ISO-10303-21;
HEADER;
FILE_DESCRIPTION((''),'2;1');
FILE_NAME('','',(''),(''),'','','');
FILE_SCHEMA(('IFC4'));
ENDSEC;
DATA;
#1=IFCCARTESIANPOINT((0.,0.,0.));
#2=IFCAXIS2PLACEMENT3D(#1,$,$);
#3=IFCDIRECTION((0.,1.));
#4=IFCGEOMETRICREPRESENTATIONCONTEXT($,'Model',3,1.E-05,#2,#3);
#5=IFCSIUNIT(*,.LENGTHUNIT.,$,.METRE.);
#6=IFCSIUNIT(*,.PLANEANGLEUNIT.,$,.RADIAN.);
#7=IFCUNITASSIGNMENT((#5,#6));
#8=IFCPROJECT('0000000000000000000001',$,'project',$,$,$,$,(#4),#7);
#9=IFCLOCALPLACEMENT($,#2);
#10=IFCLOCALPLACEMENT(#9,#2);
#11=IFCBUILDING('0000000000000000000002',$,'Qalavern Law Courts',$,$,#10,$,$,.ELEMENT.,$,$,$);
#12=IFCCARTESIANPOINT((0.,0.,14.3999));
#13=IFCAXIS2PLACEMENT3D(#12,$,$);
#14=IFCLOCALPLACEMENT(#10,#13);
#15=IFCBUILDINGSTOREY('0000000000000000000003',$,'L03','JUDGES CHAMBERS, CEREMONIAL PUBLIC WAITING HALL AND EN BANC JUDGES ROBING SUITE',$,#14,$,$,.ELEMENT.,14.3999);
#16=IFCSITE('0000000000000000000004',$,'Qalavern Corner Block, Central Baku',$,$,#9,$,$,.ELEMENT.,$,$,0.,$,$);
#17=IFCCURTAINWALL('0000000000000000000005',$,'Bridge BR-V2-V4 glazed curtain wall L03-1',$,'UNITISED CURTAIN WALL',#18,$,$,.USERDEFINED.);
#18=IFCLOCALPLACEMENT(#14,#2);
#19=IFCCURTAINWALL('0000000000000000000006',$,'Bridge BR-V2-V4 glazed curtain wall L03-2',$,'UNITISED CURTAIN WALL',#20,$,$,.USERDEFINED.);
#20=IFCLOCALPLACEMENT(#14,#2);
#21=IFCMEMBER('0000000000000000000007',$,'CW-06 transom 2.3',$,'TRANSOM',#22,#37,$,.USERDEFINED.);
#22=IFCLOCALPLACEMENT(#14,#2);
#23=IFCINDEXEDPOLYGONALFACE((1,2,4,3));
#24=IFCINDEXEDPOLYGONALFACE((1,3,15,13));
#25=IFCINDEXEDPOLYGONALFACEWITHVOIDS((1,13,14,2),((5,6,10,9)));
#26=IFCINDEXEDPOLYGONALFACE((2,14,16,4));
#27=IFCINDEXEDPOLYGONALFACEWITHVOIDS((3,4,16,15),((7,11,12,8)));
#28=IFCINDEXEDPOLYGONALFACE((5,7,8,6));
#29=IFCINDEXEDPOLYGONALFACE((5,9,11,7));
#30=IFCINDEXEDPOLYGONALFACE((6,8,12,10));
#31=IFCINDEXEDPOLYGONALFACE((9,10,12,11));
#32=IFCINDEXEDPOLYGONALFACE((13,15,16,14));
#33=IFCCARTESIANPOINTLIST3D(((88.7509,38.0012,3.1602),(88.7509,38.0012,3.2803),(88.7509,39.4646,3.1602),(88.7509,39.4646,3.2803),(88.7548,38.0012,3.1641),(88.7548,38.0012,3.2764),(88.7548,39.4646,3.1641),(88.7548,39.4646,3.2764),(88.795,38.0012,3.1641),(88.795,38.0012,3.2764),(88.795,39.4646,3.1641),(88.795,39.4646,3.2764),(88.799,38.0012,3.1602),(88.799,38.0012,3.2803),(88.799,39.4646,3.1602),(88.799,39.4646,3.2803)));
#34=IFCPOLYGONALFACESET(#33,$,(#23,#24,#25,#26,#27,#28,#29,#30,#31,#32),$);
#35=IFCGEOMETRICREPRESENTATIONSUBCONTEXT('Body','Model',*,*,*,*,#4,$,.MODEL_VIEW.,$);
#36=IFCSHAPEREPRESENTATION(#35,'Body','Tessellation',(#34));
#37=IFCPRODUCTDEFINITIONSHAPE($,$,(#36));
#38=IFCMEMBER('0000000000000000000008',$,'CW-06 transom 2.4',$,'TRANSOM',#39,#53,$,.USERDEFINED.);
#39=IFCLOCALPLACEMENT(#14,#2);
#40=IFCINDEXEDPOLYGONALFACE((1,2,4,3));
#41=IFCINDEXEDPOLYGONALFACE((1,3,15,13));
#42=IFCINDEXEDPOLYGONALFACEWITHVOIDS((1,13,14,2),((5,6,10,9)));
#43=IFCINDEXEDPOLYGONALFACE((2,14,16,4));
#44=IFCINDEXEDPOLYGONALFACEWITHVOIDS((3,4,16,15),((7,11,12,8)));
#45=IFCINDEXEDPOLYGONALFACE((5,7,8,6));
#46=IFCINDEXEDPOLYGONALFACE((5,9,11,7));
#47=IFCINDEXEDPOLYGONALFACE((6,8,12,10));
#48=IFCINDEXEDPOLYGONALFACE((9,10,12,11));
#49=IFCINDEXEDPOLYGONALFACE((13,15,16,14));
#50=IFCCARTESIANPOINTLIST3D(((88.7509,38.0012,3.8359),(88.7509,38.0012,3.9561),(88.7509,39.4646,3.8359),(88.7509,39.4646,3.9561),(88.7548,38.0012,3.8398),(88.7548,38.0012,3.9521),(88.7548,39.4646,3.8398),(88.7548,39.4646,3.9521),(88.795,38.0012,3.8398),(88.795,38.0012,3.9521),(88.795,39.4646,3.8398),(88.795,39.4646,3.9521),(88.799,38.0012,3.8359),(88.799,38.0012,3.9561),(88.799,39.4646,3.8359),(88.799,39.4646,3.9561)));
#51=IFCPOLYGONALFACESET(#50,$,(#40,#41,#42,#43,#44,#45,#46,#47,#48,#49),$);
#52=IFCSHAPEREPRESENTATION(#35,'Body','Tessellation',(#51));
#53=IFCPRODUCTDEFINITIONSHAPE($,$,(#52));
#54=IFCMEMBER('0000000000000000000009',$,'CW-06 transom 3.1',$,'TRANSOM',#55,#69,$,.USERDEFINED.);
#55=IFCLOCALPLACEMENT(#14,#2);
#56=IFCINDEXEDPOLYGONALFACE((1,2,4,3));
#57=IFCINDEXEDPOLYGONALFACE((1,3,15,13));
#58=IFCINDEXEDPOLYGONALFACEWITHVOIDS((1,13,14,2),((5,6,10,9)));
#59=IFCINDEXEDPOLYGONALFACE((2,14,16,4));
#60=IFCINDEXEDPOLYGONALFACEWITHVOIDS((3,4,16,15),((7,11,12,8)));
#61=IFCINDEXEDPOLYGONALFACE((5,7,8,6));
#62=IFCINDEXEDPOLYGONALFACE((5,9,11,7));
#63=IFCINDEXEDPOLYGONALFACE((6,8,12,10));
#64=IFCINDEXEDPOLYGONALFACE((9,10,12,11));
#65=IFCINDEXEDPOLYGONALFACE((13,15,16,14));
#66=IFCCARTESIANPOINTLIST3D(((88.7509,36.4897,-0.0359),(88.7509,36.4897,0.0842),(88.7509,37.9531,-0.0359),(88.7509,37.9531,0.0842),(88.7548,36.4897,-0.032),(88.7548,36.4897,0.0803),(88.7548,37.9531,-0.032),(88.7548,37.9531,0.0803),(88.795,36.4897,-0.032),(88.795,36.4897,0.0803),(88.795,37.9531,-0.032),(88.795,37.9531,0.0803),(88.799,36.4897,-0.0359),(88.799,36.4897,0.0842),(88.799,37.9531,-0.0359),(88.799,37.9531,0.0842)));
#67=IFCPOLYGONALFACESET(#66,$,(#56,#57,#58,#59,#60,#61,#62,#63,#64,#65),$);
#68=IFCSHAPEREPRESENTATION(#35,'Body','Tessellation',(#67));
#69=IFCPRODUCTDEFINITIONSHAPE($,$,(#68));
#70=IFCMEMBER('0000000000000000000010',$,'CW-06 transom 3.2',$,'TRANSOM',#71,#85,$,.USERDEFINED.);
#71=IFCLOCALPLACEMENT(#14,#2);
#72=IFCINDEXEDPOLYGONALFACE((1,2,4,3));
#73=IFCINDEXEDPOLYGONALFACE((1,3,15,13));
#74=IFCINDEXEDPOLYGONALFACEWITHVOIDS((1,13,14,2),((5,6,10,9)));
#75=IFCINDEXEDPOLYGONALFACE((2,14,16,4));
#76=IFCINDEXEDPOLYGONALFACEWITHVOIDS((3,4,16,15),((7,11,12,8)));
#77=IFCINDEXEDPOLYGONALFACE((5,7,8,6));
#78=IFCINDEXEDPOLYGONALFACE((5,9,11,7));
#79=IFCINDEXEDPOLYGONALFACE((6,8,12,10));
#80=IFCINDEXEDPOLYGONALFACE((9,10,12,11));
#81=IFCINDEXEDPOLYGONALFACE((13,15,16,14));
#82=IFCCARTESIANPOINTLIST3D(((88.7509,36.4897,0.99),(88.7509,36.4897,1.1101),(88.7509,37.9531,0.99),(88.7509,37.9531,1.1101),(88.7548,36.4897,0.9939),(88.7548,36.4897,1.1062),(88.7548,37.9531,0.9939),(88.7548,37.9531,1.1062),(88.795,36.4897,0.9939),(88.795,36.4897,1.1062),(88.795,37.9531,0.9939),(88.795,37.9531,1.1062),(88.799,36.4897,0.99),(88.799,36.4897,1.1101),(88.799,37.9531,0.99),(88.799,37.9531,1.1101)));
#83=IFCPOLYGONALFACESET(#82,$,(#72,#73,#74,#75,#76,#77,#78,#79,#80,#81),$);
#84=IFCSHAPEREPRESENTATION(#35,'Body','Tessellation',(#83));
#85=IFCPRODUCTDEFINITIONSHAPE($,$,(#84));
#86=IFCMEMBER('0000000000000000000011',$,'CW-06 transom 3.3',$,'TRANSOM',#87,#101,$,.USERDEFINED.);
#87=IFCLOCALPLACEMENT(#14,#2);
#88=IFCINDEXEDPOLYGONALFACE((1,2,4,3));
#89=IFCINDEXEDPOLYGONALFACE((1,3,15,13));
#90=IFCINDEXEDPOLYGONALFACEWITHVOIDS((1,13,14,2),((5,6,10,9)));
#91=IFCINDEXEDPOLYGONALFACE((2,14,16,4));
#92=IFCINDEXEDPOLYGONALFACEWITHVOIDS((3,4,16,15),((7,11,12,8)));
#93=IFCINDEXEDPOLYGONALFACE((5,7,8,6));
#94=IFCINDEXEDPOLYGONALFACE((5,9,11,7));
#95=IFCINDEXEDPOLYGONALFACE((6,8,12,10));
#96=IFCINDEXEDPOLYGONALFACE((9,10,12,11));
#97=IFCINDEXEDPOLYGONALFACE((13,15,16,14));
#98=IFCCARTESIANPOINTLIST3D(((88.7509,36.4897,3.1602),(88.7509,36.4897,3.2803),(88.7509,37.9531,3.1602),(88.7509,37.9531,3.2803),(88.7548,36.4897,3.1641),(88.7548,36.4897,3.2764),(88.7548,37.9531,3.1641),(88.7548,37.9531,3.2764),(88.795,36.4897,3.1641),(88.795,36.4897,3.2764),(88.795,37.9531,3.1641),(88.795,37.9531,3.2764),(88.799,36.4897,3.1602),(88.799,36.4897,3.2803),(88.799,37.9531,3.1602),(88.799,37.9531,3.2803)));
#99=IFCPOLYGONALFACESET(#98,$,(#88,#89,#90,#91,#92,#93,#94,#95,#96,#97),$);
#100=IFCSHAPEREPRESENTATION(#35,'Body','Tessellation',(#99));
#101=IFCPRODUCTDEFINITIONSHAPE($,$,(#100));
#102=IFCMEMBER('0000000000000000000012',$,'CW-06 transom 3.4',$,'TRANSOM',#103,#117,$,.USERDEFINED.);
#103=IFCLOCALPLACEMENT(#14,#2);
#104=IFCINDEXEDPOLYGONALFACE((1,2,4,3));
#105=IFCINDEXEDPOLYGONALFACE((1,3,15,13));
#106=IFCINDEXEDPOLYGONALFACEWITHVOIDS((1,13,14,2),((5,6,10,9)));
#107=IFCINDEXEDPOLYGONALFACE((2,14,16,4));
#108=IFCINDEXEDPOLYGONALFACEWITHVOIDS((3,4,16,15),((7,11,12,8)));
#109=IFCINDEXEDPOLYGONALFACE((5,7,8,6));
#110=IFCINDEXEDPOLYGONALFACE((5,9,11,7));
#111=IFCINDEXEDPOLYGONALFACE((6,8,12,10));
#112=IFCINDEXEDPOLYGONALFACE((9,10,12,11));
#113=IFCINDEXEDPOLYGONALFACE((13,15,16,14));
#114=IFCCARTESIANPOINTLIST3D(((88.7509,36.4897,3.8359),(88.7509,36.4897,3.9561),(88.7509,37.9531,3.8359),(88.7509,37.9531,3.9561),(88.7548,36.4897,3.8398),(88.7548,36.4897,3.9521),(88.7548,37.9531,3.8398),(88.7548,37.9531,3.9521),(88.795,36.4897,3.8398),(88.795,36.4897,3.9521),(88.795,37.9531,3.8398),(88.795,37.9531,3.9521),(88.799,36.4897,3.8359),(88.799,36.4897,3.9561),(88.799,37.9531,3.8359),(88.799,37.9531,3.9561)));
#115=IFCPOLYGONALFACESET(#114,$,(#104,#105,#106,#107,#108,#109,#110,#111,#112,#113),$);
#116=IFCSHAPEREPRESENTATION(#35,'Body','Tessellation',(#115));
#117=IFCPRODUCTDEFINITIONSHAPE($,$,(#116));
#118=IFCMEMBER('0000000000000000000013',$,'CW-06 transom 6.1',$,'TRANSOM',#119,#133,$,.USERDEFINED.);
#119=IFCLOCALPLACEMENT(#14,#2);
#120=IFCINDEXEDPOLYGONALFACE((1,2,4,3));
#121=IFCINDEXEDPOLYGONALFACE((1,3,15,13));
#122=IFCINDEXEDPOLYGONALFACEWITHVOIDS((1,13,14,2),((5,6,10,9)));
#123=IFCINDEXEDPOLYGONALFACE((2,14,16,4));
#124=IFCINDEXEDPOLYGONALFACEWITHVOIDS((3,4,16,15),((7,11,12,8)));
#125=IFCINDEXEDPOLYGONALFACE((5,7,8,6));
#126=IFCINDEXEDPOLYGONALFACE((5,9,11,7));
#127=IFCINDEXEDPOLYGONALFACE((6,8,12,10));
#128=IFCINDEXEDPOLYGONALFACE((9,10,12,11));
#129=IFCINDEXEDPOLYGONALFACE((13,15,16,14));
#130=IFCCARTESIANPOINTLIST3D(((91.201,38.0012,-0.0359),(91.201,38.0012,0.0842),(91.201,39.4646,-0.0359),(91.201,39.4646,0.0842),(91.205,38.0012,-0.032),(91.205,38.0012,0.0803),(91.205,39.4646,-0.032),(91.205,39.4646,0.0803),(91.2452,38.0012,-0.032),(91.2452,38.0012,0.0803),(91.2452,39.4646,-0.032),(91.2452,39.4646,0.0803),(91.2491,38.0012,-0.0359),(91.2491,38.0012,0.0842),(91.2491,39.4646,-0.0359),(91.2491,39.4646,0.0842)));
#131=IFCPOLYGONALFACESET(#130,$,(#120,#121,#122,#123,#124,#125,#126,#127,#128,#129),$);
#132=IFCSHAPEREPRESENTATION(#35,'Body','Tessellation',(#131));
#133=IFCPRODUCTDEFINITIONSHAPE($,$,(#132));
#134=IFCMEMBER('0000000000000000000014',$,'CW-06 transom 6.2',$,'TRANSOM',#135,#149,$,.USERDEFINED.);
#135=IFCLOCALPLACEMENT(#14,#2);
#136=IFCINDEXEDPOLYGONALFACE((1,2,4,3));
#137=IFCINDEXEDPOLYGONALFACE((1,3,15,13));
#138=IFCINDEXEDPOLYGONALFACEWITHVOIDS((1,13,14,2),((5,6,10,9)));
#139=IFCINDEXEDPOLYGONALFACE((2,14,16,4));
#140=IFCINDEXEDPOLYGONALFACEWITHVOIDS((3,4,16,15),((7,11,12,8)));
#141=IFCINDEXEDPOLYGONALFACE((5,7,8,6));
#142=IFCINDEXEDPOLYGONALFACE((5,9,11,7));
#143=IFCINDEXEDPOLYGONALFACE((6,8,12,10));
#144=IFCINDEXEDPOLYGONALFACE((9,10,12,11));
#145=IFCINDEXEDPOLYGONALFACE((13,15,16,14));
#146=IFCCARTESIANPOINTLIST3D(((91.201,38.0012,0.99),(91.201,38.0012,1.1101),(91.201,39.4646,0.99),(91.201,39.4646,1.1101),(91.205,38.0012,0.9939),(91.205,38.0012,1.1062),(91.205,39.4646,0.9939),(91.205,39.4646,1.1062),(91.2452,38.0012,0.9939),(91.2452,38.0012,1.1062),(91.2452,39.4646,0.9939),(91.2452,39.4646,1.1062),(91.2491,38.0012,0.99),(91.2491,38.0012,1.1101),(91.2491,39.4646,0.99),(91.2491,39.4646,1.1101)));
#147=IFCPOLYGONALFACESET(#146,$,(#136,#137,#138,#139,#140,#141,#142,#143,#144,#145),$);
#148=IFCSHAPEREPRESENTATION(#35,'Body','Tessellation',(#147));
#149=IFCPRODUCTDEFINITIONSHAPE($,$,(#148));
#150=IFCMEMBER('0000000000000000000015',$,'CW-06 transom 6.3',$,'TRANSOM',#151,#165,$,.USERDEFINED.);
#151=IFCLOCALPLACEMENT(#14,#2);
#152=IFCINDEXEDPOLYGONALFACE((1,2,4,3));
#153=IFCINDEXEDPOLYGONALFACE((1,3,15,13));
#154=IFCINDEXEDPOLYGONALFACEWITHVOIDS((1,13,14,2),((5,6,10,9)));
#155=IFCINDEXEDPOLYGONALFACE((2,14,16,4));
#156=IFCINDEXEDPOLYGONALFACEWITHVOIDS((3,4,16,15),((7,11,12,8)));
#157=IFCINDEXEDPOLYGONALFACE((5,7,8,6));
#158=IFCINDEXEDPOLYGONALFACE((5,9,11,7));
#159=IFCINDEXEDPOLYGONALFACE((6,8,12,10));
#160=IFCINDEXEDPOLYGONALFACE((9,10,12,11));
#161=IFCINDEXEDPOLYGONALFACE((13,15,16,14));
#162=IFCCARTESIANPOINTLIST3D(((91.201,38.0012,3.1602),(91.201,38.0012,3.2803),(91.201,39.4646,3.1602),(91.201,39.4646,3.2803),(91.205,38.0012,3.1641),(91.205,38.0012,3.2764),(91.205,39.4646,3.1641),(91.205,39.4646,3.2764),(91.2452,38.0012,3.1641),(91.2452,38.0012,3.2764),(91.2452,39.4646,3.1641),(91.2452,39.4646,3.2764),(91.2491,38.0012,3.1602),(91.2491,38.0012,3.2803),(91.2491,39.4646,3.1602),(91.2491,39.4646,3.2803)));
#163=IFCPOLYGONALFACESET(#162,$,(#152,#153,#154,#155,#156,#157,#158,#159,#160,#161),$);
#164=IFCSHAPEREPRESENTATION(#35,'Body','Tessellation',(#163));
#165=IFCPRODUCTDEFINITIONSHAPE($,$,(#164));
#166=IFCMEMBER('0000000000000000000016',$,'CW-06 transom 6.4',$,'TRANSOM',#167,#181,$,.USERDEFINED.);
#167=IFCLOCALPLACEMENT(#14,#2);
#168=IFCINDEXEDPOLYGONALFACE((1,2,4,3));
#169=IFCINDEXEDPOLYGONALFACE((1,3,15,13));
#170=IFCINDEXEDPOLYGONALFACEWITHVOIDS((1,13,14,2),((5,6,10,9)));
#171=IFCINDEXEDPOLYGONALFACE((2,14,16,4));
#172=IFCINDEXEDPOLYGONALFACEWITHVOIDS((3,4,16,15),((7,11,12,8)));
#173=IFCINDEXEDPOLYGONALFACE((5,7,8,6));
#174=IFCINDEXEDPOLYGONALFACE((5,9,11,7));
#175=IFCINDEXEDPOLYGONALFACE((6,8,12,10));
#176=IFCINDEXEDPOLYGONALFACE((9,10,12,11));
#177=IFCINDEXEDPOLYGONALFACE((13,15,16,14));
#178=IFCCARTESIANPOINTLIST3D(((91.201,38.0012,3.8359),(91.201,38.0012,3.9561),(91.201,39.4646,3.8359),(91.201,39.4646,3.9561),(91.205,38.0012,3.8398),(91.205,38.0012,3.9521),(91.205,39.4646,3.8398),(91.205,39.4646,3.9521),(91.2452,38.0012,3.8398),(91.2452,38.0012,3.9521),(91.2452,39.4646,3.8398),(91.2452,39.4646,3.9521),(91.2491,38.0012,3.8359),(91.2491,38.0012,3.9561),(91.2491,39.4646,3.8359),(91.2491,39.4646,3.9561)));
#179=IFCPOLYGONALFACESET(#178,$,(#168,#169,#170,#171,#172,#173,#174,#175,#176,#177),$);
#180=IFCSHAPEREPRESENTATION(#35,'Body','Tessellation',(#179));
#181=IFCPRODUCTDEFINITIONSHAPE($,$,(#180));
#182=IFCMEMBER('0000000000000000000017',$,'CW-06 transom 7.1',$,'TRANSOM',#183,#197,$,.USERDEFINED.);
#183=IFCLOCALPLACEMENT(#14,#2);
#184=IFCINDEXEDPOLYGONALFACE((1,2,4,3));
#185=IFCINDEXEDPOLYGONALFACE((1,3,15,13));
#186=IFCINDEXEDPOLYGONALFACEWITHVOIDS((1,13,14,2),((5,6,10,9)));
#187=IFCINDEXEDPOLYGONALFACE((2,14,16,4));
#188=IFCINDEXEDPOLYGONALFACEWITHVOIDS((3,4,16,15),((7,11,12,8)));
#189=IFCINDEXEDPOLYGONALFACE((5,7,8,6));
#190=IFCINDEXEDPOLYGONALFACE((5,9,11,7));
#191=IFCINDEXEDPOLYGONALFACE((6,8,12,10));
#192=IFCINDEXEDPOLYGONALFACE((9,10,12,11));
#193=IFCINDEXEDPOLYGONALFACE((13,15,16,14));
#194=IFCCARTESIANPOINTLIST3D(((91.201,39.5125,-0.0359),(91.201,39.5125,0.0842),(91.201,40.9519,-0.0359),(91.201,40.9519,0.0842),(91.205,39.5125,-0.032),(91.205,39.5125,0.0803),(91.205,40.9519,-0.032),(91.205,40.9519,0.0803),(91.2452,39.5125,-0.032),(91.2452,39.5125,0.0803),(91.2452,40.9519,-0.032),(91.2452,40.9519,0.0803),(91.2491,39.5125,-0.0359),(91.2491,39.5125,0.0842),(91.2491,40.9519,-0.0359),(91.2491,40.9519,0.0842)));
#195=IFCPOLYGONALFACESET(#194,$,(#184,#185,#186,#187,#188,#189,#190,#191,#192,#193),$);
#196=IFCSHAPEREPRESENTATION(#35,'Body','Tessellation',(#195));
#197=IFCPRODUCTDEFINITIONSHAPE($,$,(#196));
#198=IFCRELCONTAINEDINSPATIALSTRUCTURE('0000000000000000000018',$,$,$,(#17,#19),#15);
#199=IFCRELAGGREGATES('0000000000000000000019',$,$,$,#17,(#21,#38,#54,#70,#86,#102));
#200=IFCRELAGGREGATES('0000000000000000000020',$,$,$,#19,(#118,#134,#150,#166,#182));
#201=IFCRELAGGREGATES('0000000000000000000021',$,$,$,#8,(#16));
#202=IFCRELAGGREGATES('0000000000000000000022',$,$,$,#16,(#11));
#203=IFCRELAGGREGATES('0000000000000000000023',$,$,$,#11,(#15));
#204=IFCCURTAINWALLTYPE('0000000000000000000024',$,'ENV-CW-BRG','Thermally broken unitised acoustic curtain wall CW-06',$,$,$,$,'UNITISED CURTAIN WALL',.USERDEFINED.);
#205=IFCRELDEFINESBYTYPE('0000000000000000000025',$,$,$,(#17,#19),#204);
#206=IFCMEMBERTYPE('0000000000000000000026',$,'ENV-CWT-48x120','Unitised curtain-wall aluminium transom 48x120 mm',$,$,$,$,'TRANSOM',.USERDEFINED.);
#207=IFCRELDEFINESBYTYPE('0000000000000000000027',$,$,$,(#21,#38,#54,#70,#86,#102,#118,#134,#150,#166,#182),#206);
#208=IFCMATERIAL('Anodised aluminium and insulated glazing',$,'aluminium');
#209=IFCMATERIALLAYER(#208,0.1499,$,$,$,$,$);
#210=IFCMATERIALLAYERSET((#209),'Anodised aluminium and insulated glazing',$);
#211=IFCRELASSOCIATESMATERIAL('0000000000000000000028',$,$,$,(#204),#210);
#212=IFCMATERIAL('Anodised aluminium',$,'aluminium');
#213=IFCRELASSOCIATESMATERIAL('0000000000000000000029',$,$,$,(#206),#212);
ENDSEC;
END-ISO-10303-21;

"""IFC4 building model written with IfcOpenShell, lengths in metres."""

from ifc_helpers import new_model, si_unit, direction, frame, origin, origin_2d, place, context, subcontext, project, spatial, hollow_rectangle, extrude, material, layer, layer_set, material_profile, profile_set, type_object, element, aggregate, save


model = new_model("IFC4")

# Units and contexts
model_context = context("Model", 3, precision=1e-05, world=origin(), true_north=direction((0.0, 1.0)))
body_context = subcontext(model_context, "Body", "Model", "MODEL_VIEW")
ifc_project = project(units=[si_unit("LENGTHUNIT", "METRE"), si_unit("PLANEANGLEUNIT", "RADIAN")], contexts=[model_context])

# Site, building, storey
site_placement = place(None, origin())
site = spatial("IfcSite", under=ifc_project, at=site_placement, Name="Qalavern Corner Block, Central Baku", CompositionType="ELEMENT", RefElevation=0.0)
building_placement = place(site_placement, origin())
building = spatial("IfcBuilding", under=site, at=building_placement, Name="Qalavern Law Courts", CompositionType="ELEMENT")
storey_placement = place(building_placement, frame((0.0, 0.0, 14.3999)))
storey = spatial("IfcBuildingStorey", under=building, at=storey_placement, Name="L03", Description="JUDGES CHAMBERS, CEREMONIAL PUBLIC WAITING HALL AND EN BANC JUDGES ROBING SUITE", CompositionType="ELEMENT", Elevation=14.3999)

# Curtain walls
ifc_material_1 = material(Name="Anodised aluminium and insulated glazing", Category="aluminium")
ifc_layer_1 = layer(ifc_material_1, 0.1499)
ifc_layer_set_1 = layer_set([ifc_layer_1], Name="Anodised aluminium and insulated glazing")
curtain_wall_type = type_object("IfcCurtainWallType", Name="ENV-CW-BRG", Description="Thermally broken unitised acoustic curtain wall CW-06", ElementType="UNITISED CURTAIN WALL", PredefinedType="USERDEFINED", material=ifc_layer_set_1)
curtain_wall_1_placement = place(storey_placement, origin())
curtain_wall_1 = element("IfcCurtainWall", 1, at=curtain_wall_1_placement, inside=storey, type_object=curtain_wall_type, Name="Bridge BR-V2-V4 glazed curtain wall L03-1", ObjectType="UNITISED CURTAIN WALL", PredefinedType="USERDEFINED")
ifc_material_2 = material(Name="Anodised aluminium", Category="aluminium")
curtain_wall_2_placement = place(storey_placement, origin())
curtain_wall_2 = element("IfcCurtainWall", 2, at=curtain_wall_2_placement, inside=storey, type_object=curtain_wall_type, Name="Bridge BR-V2-V4 glazed curtain wall L03-2", ObjectType="UNITISED CURTAIN WALL", PredefinedType="USERDEFINED")

# Members
ifc_material_profile_1 = material_profile(ifc_material_2, hollow_rectangle(XDim=0.0481, YDim=0.1201, WallThickness=0.0039, at=origin_2d()), Name="ALU TRANSOM 48x120")
ifc_profile_set_1 = profile_set([ifc_material_profile_1], Name="Anodised aluminium")
member_type_1 = type_object("IfcMemberType", Name="ENV-CWT-48x120", Description="Unitised curtain-wall aluminium transom 48x120 mm", ElementType="TRANSOM", PredefinedType="USERDEFINED", material=ifc_profile_set_1)
member_1_placement = place(storey_placement, frame((88.7749, 39.4646, 3.2202), z_axis=(0.0, -1.0, 0.0), x_axis=(1.0, 0.0, 0.0)))
member_1 = element("IfcMember", 3, at=member_1_placement, type_object=member_type_1, Name="CW-06 transom 2.3", ObjectType="TRANSOM", PredefinedType="USERDEFINED", context=body_context, shape_type="SweptSolid", body=[
    extrude(hollow_rectangle(XDim=0.0481, YDim=0.1201, WallThickness=0.0039, at=origin_2d()), origin(), (0.0, 0.0, 1.0), 1.4634),
])
member_2_placement = place(storey_placement, frame((88.7749, 39.4646, 3.896), z_axis=(0.0, -1.0, 0.0), x_axis=(1.0, 0.0, 0.0)))
member_2 = element("IfcMember", 4, at=member_2_placement, type_object=member_type_1, Name="CW-06 transom 2.4", ObjectType="TRANSOM", PredefinedType="USERDEFINED", context=body_context, shape_type="SweptSolid", body=[
    extrude(hollow_rectangle(XDim=0.0481, YDim=0.1201, WallThickness=0.0039, at=origin_2d()), origin(), (0.0, 0.0, 1.0), 1.4634),
])
member_3_placement = place(storey_placement, frame((88.7749, 37.9531, 0.0242), z_axis=(0.0, -1.0, 0.0), x_axis=(1.0, 0.0, 0.0)))
member_3 = element("IfcMember", 5, at=member_3_placement, type_object=member_type_1, Name="CW-06 transom 3.1", ObjectType="TRANSOM", PredefinedType="USERDEFINED", context=body_context, shape_type="SweptSolid", body=[
    extrude(hollow_rectangle(XDim=0.0481, YDim=0.1201, WallThickness=0.0039, at=origin_2d()), origin(), (0.0, 0.0, 1.0), 1.4634),
])
member_4_placement = place(storey_placement, frame((88.7749, 37.9531, 1.05), z_axis=(0.0, -1.0, 0.0), x_axis=(1.0, 0.0, 0.0)))
member_4 = element("IfcMember", 6, at=member_4_placement, type_object=member_type_1, Name="CW-06 transom 3.2", ObjectType="TRANSOM", PredefinedType="USERDEFINED", context=body_context, shape_type="SweptSolid", body=[
    extrude(hollow_rectangle(XDim=0.0481, YDim=0.1201, WallThickness=0.0039, at=origin_2d()), origin(), (0.0, 0.0, 1.0), 1.4634),
])
member_5_placement = place(storey_placement, frame((88.7749, 37.9531, 3.2202), z_axis=(0.0, -1.0, 0.0), x_axis=(1.0, 0.0, 0.0)))
member_5 = element("IfcMember", 7, at=member_5_placement, type_object=member_type_1, Name="CW-06 transom 3.3", ObjectType="TRANSOM", PredefinedType="USERDEFINED", context=body_context, shape_type="SweptSolid", body=[
    extrude(hollow_rectangle(XDim=0.0481, YDim=0.1201, WallThickness=0.0039, at=origin_2d()), origin(), (0.0, 0.0, 1.0), 1.4634),
])
member_6_placement = place(storey_placement, frame((88.7749, 37.9531, 3.896), z_axis=(0.0, -1.0, 0.0), x_axis=(1.0, 0.0, 0.0)))
member_6 = element("IfcMember", 8, at=member_6_placement, type_object=member_type_1, Name="CW-06 transom 3.4", ObjectType="TRANSOM", PredefinedType="USERDEFINED", context=body_context, shape_type="SweptSolid", body=[
    extrude(hollow_rectangle(XDim=0.0481, YDim=0.1201, WallThickness=0.0039, at=origin_2d()), origin(), (0.0, 0.0, 1.0), 1.4634),
])
member_7_placement = place(storey_placement, frame((91.2251, 38.0012, 0.0242), z_axis=(0.0, 1.0, 0.0), x_axis=(-1.0, 0.0, 0.0)))
member_7 = element("IfcMember", 9, at=member_7_placement, type_object=member_type_1, Name="CW-06 transom 6.1", ObjectType="TRANSOM", PredefinedType="USERDEFINED", context=body_context, shape_type="SweptSolid", body=[
    extrude(hollow_rectangle(XDim=0.0481, YDim=0.1201, WallThickness=0.0039, at=origin_2d()), origin(), (0.0, 0.0, 1.0), 1.4634),
])
member_8_placement = place(storey_placement, frame((91.2251, 38.0012, 1.05), z_axis=(0.0, 1.0, 0.0), x_axis=(-1.0, 0.0, 0.0)))
member_8 = element("IfcMember", 10, at=member_8_placement, type_object=member_type_1, Name="CW-06 transom 6.2", ObjectType="TRANSOM", PredefinedType="USERDEFINED", context=body_context, shape_type="SweptSolid", body=[
    extrude(hollow_rectangle(XDim=0.0481, YDim=0.1201, WallThickness=0.0039, at=origin_2d()), origin(), (0.0, 0.0, 1.0), 1.4634),
])
member_9_placement = place(storey_placement, frame((91.2251, 38.0012, 3.2202), z_axis=(0.0, 1.0, 0.0), x_axis=(-1.0, 0.0, 0.0)))
member_9 = element("IfcMember", 11, at=member_9_placement, type_object=member_type_1, Name="CW-06 transom 6.3", ObjectType="TRANSOM", PredefinedType="USERDEFINED", context=body_context, shape_type="SweptSolid", body=[
    extrude(hollow_rectangle(XDim=0.0481, YDim=0.1201, WallThickness=0.0039, at=origin_2d()), origin(), (0.0, 0.0, 1.0), 1.4634),
])
member_10_placement = place(storey_placement, frame((91.2251, 38.0012, 3.896), z_axis=(0.0, 1.0, 0.0), x_axis=(-1.0, 0.0, 0.0)))
member_10 = element("IfcMember", 12, at=member_10_placement, type_object=member_type_1, Name="CW-06 transom 6.4", ObjectType="TRANSOM", PredefinedType="USERDEFINED", context=body_context, shape_type="SweptSolid", body=[
    extrude(hollow_rectangle(XDim=0.0481, YDim=0.1201, WallThickness=0.0039, at=origin_2d()), origin(), (0.0, 0.0, 1.0), 1.4634),
])
member_11_placement = place(storey_placement, frame((91.2251, 39.5125, 0.0242), z_axis=(0.0, 1.0, 0.0), x_axis=(-1.0, 0.0, 0.0)))
member_11 = element("IfcMember", 13, at=member_11_placement, type_object=member_type_1, Name="CW-06 transom 7.1", ObjectType="TRANSOM", PredefinedType="USERDEFINED", context=body_context, shape_type="SweptSolid", body=[
    extrude(hollow_rectangle(XDim=0.0481, YDim=0.1201, WallThickness=0.0039, at=origin_2d()), origin(), (0.0, 0.0, 1.0), 1.4395),
])

aggregate(curtain_wall_1, [member_1, member_2, member_3, member_4, member_5, member_6])
aggregate(curtain_wall_2, [member_7, member_8, member_9, member_10, member_11])

save(model, "model.ifc")
